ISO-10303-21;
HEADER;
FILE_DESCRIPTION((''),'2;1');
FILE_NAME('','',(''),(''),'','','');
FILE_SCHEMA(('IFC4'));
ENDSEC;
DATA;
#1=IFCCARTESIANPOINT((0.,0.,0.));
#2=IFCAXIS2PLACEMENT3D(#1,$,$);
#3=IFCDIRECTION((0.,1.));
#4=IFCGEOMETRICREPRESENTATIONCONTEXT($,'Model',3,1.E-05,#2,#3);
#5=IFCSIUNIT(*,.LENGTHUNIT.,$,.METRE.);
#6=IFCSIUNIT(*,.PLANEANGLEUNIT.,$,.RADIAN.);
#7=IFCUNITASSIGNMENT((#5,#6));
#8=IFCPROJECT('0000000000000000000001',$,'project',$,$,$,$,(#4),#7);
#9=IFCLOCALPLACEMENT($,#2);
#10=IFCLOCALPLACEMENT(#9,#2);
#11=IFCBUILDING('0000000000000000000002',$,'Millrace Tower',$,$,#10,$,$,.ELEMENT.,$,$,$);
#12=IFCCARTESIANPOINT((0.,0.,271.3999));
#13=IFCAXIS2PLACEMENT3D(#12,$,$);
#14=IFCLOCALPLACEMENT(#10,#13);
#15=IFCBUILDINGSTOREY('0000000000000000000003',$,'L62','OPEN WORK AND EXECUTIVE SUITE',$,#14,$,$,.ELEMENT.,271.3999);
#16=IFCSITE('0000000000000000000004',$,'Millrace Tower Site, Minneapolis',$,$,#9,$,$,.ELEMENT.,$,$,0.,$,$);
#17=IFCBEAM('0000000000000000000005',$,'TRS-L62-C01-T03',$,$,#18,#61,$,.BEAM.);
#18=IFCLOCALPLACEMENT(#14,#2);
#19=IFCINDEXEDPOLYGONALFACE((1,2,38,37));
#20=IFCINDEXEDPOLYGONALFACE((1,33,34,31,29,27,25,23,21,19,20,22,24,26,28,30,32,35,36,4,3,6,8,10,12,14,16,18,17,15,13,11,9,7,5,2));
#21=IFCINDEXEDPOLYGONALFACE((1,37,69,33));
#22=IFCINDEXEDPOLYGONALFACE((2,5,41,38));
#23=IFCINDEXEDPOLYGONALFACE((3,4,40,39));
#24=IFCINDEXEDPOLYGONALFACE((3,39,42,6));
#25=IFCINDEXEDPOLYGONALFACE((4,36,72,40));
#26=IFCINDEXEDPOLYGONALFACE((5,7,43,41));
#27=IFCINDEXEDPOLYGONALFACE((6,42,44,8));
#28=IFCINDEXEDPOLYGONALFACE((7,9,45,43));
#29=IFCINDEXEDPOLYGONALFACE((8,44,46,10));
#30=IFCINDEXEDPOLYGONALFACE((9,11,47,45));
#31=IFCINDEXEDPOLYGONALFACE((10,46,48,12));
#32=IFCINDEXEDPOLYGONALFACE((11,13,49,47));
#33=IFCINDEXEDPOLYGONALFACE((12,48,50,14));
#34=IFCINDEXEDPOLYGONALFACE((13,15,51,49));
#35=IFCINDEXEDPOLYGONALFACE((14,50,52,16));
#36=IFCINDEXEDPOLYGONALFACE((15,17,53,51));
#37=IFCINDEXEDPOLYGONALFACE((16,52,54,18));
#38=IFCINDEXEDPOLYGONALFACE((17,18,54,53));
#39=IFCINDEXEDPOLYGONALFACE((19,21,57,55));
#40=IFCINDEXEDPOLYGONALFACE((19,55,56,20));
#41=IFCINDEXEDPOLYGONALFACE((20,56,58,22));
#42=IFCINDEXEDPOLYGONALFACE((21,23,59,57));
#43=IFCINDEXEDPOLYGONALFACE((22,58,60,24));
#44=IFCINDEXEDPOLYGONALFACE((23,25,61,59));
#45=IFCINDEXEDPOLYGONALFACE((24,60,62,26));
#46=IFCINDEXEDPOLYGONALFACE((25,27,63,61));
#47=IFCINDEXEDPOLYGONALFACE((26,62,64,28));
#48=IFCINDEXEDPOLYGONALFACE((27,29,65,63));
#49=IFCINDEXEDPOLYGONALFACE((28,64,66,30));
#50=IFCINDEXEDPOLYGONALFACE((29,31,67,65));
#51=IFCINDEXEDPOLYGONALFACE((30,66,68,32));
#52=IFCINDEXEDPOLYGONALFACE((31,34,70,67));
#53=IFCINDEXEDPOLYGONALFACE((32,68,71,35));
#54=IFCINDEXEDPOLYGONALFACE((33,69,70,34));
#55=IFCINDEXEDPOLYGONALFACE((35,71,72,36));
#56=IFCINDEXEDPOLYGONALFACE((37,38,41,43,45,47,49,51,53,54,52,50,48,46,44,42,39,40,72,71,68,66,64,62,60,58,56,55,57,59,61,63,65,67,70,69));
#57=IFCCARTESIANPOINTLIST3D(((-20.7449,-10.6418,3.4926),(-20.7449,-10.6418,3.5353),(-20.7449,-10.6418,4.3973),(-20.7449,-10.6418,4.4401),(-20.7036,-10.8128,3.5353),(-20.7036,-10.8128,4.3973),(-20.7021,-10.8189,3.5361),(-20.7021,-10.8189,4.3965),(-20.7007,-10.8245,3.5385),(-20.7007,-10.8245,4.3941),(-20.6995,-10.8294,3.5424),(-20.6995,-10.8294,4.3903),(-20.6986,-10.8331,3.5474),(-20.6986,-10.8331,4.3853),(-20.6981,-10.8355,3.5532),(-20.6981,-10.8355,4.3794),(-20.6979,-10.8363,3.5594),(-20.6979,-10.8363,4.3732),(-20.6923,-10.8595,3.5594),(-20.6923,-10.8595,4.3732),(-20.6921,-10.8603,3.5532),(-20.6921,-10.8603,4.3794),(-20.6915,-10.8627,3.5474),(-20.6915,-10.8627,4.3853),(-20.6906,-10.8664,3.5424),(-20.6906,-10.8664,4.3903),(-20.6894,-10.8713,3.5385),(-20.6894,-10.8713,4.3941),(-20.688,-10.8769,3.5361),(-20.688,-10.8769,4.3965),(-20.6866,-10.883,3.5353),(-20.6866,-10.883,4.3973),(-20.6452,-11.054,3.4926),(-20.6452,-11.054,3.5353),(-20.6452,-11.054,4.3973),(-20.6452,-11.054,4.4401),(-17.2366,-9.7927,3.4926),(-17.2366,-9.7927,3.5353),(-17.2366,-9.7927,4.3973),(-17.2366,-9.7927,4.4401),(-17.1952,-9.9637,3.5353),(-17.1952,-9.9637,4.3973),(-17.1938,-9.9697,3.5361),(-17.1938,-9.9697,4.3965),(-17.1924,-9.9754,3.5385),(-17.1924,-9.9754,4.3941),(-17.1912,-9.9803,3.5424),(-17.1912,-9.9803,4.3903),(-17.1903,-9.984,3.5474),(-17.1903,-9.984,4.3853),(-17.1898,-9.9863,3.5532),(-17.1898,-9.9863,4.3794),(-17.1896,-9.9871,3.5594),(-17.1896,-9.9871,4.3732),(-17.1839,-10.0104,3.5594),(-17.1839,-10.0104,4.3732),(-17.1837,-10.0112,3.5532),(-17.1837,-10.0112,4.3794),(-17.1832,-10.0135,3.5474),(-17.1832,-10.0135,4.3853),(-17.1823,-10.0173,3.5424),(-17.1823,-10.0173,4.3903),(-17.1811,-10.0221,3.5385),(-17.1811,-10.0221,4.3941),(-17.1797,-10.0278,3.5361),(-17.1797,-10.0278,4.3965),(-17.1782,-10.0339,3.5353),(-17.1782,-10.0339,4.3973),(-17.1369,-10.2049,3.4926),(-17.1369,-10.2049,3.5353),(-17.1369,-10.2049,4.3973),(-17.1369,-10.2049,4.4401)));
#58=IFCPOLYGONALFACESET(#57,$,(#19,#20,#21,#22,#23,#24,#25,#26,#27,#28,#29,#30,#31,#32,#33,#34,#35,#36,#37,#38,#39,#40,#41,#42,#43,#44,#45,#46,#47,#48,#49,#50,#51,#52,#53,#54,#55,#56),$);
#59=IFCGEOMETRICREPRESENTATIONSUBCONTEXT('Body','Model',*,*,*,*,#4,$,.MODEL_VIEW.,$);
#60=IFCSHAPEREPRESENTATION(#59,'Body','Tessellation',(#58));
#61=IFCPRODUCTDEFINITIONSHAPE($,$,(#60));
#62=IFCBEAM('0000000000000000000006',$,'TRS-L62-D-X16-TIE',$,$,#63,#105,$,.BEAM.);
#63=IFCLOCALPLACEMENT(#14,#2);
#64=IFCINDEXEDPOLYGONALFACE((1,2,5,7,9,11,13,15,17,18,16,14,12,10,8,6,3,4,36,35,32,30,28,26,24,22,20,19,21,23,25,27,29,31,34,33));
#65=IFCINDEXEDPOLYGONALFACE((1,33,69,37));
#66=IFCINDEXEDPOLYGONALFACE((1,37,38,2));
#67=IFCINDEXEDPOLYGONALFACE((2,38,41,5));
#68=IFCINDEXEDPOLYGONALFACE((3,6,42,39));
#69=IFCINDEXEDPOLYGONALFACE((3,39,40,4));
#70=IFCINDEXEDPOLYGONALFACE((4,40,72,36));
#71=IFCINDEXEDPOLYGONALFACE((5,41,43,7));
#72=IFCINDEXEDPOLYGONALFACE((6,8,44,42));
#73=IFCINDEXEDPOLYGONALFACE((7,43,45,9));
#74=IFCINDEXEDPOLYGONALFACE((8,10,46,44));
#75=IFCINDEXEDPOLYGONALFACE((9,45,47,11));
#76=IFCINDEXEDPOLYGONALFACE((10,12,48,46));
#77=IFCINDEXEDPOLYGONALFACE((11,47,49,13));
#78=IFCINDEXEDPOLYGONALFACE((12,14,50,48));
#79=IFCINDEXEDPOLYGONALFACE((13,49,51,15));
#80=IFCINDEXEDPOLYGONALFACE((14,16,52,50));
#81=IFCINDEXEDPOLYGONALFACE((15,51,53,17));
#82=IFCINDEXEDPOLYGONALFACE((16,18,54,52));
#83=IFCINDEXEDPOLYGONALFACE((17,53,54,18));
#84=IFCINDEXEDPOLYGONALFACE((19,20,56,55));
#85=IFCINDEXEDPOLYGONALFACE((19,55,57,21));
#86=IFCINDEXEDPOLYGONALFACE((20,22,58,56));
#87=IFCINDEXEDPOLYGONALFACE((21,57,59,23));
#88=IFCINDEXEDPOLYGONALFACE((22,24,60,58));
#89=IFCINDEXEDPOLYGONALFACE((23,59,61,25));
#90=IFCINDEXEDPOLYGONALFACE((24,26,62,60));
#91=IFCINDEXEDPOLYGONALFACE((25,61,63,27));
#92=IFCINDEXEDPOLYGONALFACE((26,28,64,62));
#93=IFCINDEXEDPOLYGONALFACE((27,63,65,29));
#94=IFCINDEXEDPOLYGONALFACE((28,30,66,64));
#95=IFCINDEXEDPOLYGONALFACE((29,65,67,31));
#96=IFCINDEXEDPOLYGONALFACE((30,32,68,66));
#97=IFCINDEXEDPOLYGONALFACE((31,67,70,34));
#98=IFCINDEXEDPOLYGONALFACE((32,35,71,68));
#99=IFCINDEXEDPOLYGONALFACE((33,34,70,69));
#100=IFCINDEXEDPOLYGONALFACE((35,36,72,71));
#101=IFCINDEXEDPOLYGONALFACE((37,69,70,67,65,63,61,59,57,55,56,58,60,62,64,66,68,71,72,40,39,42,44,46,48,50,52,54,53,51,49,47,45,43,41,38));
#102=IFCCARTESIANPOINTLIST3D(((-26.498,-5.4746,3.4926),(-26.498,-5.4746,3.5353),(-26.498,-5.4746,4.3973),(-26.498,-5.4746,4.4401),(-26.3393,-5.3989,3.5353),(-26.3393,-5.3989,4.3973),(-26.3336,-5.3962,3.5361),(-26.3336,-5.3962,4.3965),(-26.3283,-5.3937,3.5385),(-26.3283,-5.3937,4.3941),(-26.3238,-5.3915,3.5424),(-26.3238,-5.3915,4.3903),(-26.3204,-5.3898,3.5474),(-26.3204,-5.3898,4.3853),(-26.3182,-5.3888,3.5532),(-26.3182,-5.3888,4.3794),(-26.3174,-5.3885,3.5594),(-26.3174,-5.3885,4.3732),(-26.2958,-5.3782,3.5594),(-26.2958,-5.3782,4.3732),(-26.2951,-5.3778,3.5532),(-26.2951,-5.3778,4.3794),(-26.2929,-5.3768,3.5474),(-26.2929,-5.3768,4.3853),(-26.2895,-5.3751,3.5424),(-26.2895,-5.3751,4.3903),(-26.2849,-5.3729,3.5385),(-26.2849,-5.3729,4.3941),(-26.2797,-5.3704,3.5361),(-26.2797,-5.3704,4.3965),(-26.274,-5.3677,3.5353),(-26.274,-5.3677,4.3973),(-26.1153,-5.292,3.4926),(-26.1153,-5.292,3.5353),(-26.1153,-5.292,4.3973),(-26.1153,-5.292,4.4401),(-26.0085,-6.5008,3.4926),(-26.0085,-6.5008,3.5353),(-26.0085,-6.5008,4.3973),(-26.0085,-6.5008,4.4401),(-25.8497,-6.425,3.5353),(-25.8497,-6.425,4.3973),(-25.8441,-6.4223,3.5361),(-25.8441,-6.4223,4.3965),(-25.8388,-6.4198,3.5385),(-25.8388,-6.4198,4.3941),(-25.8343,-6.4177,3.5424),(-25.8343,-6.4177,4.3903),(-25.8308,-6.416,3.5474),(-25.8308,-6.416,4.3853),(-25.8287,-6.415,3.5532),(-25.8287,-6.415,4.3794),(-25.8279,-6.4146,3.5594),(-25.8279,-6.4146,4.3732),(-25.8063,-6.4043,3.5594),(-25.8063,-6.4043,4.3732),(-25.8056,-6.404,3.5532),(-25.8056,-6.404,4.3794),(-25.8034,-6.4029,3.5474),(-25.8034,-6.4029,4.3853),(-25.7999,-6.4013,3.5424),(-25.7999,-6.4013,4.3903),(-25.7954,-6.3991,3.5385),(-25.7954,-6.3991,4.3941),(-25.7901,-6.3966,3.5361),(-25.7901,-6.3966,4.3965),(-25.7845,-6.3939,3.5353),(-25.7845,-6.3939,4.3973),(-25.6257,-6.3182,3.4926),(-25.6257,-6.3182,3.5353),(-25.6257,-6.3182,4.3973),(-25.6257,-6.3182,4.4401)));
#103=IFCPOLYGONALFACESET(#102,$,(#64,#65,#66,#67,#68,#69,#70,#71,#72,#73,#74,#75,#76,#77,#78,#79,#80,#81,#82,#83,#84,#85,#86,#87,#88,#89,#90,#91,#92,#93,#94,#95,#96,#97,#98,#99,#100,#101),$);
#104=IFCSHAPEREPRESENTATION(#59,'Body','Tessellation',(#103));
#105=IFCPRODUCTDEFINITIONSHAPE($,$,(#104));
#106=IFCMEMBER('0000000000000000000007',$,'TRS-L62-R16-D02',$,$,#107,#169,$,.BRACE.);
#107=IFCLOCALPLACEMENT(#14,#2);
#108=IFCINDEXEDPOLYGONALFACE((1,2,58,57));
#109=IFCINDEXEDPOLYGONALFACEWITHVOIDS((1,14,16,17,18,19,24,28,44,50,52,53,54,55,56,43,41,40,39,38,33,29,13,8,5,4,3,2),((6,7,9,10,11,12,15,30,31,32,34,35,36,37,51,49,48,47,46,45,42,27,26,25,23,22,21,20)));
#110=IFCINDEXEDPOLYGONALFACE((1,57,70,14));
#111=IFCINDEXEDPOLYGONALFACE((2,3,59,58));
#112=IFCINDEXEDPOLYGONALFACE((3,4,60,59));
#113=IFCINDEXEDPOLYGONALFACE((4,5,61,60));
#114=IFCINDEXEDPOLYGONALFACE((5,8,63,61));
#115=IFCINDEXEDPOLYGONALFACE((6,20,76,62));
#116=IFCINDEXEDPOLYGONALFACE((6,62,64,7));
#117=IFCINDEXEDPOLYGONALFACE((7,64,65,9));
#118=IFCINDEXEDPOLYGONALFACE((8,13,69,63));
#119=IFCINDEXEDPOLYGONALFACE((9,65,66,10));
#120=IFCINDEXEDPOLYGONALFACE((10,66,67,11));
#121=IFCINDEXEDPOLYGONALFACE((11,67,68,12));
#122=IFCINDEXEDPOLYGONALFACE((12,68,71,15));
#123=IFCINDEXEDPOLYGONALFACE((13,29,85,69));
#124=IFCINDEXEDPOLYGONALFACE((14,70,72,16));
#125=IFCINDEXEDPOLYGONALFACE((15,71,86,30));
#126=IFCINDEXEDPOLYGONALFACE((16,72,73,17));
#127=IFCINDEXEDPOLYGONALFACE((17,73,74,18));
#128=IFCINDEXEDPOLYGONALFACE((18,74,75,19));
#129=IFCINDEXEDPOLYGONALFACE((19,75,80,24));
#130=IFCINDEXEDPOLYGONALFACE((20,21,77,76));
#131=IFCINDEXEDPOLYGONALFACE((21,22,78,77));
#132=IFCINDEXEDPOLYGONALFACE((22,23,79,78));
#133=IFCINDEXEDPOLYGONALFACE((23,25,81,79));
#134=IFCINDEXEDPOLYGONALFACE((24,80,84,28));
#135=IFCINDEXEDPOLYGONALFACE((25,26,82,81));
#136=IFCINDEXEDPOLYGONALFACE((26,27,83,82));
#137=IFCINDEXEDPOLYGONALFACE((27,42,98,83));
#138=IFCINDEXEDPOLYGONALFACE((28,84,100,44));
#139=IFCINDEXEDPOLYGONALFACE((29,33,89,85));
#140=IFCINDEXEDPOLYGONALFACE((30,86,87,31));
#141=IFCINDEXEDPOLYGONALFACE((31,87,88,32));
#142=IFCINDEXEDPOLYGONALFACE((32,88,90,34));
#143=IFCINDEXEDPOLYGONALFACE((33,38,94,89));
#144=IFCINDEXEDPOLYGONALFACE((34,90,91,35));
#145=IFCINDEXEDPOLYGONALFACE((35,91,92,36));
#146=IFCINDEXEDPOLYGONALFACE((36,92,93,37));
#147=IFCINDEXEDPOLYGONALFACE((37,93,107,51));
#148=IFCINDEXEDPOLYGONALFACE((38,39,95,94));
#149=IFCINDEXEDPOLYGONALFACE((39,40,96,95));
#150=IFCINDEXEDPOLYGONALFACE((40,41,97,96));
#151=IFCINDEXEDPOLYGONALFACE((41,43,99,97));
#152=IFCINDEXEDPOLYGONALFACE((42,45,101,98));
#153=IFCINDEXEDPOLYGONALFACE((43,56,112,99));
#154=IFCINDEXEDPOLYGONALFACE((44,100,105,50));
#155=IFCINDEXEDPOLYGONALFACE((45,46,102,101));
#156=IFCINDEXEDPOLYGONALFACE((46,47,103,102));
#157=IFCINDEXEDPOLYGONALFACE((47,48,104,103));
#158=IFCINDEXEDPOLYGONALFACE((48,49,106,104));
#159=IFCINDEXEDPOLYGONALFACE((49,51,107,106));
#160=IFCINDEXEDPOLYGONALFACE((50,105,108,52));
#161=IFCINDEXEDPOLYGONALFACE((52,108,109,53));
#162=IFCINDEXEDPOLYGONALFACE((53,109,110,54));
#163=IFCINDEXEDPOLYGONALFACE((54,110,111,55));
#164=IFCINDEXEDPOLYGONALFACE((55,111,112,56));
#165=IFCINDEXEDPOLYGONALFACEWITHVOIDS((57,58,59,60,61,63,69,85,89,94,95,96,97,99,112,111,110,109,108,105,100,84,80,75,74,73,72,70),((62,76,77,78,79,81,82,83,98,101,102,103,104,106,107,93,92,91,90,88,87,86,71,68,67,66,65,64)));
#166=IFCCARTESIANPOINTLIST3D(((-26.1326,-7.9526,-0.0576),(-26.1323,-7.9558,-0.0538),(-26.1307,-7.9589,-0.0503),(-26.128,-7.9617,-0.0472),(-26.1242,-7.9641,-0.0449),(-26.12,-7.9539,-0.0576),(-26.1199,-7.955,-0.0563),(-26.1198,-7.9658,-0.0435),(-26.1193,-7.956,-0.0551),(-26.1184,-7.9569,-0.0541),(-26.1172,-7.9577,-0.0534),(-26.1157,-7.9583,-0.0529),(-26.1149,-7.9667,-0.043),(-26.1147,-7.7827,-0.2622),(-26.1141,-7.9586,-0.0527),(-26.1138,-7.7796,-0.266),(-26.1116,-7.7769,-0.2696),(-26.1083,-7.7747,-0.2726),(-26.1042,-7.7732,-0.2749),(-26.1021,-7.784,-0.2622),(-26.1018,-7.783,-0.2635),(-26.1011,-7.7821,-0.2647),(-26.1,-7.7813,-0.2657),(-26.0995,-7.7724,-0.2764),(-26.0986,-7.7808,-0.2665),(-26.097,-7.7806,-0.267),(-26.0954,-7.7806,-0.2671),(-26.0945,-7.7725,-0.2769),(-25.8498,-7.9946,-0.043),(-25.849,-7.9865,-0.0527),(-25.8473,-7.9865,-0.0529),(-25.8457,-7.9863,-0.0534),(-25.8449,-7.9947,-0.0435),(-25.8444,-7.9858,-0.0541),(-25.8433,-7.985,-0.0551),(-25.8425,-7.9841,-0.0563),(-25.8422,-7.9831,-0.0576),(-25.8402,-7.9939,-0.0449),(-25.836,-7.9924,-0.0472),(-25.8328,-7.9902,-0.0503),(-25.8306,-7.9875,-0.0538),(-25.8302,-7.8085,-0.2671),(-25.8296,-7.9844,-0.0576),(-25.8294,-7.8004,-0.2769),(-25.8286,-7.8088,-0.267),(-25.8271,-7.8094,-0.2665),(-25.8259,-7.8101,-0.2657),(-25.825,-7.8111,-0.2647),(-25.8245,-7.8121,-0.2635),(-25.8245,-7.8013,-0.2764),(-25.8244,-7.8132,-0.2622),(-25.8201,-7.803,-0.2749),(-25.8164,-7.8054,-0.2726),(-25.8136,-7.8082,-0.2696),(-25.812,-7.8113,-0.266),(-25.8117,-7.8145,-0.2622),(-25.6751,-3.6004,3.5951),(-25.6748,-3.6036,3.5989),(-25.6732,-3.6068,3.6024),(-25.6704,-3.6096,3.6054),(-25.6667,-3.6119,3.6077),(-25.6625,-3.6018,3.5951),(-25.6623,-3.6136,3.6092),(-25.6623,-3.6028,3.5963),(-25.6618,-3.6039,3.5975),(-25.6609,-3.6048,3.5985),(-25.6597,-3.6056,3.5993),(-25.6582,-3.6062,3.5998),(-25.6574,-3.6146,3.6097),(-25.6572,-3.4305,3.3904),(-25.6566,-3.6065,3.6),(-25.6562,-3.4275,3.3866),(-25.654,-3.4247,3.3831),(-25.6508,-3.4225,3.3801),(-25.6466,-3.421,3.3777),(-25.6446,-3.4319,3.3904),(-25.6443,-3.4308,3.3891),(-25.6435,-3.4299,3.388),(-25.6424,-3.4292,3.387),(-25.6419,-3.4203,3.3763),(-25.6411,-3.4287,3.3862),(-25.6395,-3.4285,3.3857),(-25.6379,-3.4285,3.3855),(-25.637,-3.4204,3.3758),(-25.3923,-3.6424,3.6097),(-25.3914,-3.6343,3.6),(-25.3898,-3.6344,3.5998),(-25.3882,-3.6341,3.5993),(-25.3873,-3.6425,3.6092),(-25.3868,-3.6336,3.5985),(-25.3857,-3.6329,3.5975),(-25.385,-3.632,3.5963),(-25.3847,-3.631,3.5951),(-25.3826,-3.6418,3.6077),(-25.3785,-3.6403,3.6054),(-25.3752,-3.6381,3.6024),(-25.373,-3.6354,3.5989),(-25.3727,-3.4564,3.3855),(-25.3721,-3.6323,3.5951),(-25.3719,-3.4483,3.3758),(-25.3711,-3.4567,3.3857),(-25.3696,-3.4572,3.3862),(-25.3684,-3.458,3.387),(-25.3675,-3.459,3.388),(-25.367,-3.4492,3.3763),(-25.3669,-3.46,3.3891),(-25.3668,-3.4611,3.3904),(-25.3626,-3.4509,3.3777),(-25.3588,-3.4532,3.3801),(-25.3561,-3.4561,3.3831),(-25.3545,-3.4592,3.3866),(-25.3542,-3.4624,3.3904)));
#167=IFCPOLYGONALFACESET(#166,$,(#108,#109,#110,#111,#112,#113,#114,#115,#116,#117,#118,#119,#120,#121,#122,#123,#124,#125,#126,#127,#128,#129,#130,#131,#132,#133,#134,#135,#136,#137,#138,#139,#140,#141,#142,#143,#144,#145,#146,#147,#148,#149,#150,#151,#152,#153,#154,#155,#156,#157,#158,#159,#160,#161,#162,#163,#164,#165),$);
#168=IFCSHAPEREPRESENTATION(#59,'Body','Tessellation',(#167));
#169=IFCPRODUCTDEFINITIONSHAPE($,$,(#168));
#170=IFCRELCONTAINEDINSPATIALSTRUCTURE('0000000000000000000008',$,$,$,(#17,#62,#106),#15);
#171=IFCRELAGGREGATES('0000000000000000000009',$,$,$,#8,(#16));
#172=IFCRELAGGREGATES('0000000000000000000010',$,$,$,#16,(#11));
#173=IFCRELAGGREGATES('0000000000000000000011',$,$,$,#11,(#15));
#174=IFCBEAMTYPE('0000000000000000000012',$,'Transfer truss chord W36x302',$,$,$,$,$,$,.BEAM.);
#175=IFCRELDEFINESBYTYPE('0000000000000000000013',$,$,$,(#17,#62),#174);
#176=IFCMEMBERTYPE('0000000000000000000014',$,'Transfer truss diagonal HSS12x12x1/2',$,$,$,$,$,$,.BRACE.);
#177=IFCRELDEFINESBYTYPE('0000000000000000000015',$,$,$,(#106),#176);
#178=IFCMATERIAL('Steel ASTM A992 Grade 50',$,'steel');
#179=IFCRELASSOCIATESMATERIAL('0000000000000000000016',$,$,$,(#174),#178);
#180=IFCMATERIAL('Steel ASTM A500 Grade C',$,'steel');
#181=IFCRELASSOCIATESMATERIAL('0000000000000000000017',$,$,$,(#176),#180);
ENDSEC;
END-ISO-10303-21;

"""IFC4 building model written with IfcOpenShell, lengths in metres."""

from ifc_helpers import new_model, si_unit, direction, frame, origin, origin_2d, place, context, subcontext, project, spatial, hollow_rectangle, i_section, extrude, material, material_profile, profile_set, type_object, element, save


model = new_model("IFC4")

# Units and contexts
model_context = context("Model", 3, precision=1e-05, world=origin(), true_north=direction((0.0, 1.0)))
body_context = subcontext(model_context, "Body", "Model", "MODEL_VIEW")
ifc_project = project(units=[si_unit("LENGTHUNIT", "METRE"), si_unit("PLANEANGLEUNIT", "RADIAN")], contexts=[model_context])

# Site, building, storey
site_placement = place(None, origin())
site = spatial("IfcSite", under=ifc_project, at=site_placement, Name="Millrace Tower Site, Minneapolis", CompositionType="ELEMENT", RefElevation=0.0)
building_placement = place(site_placement, origin())
building = spatial("IfcBuilding", under=site, at=building_placement, Name="Millrace Tower", CompositionType="ELEMENT")
storey_placement = place(building_placement, frame((0.0, 0.0, 271.3999)))
storey = spatial("IfcBuildingStorey", under=building, at=storey_placement, Name="L62", Description="OPEN WORK AND EXECUTIVE SUITE", CompositionType="ELEMENT", Elevation=271.3999)

# Beams
ifc_material_1 = material(Name="Steel ASTM A992 Grade 50", Category="steel")
ifc_material_profile_1 = material_profile(ifc_material_1, i_section(OverallWidth=0.4241, OverallDepth=0.9475, WebThickness=0.0239, FlangeThickness=0.0427, FilletRadius=0.0242, at=origin_2d()))
ifc_profile_set_1 = profile_set([ifc_material_profile_1], Name="Steel ASTM A992 Grade 50")
beam_type_1 = type_object("IfcBeamType", Name="Transfer truss chord W36x302", PredefinedType="BEAM", material=ifc_profile_set_1)
for number, where, z_axis, x_axis, name in (
    (1, (-20.6951, -10.8479, 3.9663), (0.971937, 0.23524, 0.0), (-0.23524, 0.971937, 0.0), "TRS-L62-C01-T03"),
):
    element("IfcBeam", number, at=place(storey_placement, frame(where, z_axis=z_axis, x_axis=x_axis)), inside=storey, type_object=beam_type_1, Name=name, PredefinedType="BEAM", context=body_context, shape_type="SweptSolid", body=[
        extrude(i_section(OverallWidth=0.4241, OverallDepth=0.9475, WebThickness=0.0239, FlangeThickness=0.0427, FilletRadius=0.0242, at=origin_2d()), origin(), (0.0, 0.0, 1.0), 3.6096),
    ])
beam_1_placement = place(storey_placement, frame((-26.3066, -5.3833, 3.9663), z_axis=(0.430559, -0.902563, 0.0), x_axis=(0.902563, 0.430559, 0.0)))
element("IfcBeam", 2, at=beam_1_placement, inside=storey, type_object=beam_type_1, Name="TRS-L62-D-X16-TIE", PredefinedType="BEAM", context=body_context, shape_type="SweptSolid", body=[
    extrude(i_section(OverallWidth=0.4241, OverallDepth=0.9475, WebThickness=0.0239, FlangeThickness=0.0427, FilletRadius=0.0242, at=origin_2d()), origin(), (0.0, 0.0, 1.0), 1.137),
])

# Member
ifc_material_2 = material(Name="Steel ASTM A500 Grade C", Category="steel")
ifc_material_profile_2 = material_profile(ifc_material_2, hollow_rectangle(XDim=0.3047, YDim=0.3047, WallThickness=0.0127, InnerFilletRadius=0.0063, OuterFilletRadius=0.019, at=origin_2d()))
ifc_profile_set_2 = profile_set([ifc_material_profile_2], Name="Steel ASTM A500 Grade C")
member_type_1 = type_object("IfcMemberType", Name="Transfer truss diagonal HSS12x12x1/2", PredefinedType="BRACE", material=ifc_profile_set_2)
member_1_placement = place(storey_placement, frame((-25.9722, -7.8835, -0.1599), z_axis=(0.080265, 0.763505, 0.640794), x_axis=(-0.99452, 0.104551, 0.0)))
element("IfcMember", 3, at=member_1_placement, inside=storey, type_object=member_type_1, Name="TRS-L62-R16-D02", PredefinedType="BRACE", context=body_context, shape_type="SweptSolid", body=[
    extrude(hollow_rectangle(XDim=0.3047, YDim=0.3047, WallThickness=0.0127, InnerFilletRadius=0.0063, OuterFilletRadius=0.019, at=origin_2d()), origin(), (0.0, 0.0, 1.0), 5.7002),
])

save(model, "model.ifc")
